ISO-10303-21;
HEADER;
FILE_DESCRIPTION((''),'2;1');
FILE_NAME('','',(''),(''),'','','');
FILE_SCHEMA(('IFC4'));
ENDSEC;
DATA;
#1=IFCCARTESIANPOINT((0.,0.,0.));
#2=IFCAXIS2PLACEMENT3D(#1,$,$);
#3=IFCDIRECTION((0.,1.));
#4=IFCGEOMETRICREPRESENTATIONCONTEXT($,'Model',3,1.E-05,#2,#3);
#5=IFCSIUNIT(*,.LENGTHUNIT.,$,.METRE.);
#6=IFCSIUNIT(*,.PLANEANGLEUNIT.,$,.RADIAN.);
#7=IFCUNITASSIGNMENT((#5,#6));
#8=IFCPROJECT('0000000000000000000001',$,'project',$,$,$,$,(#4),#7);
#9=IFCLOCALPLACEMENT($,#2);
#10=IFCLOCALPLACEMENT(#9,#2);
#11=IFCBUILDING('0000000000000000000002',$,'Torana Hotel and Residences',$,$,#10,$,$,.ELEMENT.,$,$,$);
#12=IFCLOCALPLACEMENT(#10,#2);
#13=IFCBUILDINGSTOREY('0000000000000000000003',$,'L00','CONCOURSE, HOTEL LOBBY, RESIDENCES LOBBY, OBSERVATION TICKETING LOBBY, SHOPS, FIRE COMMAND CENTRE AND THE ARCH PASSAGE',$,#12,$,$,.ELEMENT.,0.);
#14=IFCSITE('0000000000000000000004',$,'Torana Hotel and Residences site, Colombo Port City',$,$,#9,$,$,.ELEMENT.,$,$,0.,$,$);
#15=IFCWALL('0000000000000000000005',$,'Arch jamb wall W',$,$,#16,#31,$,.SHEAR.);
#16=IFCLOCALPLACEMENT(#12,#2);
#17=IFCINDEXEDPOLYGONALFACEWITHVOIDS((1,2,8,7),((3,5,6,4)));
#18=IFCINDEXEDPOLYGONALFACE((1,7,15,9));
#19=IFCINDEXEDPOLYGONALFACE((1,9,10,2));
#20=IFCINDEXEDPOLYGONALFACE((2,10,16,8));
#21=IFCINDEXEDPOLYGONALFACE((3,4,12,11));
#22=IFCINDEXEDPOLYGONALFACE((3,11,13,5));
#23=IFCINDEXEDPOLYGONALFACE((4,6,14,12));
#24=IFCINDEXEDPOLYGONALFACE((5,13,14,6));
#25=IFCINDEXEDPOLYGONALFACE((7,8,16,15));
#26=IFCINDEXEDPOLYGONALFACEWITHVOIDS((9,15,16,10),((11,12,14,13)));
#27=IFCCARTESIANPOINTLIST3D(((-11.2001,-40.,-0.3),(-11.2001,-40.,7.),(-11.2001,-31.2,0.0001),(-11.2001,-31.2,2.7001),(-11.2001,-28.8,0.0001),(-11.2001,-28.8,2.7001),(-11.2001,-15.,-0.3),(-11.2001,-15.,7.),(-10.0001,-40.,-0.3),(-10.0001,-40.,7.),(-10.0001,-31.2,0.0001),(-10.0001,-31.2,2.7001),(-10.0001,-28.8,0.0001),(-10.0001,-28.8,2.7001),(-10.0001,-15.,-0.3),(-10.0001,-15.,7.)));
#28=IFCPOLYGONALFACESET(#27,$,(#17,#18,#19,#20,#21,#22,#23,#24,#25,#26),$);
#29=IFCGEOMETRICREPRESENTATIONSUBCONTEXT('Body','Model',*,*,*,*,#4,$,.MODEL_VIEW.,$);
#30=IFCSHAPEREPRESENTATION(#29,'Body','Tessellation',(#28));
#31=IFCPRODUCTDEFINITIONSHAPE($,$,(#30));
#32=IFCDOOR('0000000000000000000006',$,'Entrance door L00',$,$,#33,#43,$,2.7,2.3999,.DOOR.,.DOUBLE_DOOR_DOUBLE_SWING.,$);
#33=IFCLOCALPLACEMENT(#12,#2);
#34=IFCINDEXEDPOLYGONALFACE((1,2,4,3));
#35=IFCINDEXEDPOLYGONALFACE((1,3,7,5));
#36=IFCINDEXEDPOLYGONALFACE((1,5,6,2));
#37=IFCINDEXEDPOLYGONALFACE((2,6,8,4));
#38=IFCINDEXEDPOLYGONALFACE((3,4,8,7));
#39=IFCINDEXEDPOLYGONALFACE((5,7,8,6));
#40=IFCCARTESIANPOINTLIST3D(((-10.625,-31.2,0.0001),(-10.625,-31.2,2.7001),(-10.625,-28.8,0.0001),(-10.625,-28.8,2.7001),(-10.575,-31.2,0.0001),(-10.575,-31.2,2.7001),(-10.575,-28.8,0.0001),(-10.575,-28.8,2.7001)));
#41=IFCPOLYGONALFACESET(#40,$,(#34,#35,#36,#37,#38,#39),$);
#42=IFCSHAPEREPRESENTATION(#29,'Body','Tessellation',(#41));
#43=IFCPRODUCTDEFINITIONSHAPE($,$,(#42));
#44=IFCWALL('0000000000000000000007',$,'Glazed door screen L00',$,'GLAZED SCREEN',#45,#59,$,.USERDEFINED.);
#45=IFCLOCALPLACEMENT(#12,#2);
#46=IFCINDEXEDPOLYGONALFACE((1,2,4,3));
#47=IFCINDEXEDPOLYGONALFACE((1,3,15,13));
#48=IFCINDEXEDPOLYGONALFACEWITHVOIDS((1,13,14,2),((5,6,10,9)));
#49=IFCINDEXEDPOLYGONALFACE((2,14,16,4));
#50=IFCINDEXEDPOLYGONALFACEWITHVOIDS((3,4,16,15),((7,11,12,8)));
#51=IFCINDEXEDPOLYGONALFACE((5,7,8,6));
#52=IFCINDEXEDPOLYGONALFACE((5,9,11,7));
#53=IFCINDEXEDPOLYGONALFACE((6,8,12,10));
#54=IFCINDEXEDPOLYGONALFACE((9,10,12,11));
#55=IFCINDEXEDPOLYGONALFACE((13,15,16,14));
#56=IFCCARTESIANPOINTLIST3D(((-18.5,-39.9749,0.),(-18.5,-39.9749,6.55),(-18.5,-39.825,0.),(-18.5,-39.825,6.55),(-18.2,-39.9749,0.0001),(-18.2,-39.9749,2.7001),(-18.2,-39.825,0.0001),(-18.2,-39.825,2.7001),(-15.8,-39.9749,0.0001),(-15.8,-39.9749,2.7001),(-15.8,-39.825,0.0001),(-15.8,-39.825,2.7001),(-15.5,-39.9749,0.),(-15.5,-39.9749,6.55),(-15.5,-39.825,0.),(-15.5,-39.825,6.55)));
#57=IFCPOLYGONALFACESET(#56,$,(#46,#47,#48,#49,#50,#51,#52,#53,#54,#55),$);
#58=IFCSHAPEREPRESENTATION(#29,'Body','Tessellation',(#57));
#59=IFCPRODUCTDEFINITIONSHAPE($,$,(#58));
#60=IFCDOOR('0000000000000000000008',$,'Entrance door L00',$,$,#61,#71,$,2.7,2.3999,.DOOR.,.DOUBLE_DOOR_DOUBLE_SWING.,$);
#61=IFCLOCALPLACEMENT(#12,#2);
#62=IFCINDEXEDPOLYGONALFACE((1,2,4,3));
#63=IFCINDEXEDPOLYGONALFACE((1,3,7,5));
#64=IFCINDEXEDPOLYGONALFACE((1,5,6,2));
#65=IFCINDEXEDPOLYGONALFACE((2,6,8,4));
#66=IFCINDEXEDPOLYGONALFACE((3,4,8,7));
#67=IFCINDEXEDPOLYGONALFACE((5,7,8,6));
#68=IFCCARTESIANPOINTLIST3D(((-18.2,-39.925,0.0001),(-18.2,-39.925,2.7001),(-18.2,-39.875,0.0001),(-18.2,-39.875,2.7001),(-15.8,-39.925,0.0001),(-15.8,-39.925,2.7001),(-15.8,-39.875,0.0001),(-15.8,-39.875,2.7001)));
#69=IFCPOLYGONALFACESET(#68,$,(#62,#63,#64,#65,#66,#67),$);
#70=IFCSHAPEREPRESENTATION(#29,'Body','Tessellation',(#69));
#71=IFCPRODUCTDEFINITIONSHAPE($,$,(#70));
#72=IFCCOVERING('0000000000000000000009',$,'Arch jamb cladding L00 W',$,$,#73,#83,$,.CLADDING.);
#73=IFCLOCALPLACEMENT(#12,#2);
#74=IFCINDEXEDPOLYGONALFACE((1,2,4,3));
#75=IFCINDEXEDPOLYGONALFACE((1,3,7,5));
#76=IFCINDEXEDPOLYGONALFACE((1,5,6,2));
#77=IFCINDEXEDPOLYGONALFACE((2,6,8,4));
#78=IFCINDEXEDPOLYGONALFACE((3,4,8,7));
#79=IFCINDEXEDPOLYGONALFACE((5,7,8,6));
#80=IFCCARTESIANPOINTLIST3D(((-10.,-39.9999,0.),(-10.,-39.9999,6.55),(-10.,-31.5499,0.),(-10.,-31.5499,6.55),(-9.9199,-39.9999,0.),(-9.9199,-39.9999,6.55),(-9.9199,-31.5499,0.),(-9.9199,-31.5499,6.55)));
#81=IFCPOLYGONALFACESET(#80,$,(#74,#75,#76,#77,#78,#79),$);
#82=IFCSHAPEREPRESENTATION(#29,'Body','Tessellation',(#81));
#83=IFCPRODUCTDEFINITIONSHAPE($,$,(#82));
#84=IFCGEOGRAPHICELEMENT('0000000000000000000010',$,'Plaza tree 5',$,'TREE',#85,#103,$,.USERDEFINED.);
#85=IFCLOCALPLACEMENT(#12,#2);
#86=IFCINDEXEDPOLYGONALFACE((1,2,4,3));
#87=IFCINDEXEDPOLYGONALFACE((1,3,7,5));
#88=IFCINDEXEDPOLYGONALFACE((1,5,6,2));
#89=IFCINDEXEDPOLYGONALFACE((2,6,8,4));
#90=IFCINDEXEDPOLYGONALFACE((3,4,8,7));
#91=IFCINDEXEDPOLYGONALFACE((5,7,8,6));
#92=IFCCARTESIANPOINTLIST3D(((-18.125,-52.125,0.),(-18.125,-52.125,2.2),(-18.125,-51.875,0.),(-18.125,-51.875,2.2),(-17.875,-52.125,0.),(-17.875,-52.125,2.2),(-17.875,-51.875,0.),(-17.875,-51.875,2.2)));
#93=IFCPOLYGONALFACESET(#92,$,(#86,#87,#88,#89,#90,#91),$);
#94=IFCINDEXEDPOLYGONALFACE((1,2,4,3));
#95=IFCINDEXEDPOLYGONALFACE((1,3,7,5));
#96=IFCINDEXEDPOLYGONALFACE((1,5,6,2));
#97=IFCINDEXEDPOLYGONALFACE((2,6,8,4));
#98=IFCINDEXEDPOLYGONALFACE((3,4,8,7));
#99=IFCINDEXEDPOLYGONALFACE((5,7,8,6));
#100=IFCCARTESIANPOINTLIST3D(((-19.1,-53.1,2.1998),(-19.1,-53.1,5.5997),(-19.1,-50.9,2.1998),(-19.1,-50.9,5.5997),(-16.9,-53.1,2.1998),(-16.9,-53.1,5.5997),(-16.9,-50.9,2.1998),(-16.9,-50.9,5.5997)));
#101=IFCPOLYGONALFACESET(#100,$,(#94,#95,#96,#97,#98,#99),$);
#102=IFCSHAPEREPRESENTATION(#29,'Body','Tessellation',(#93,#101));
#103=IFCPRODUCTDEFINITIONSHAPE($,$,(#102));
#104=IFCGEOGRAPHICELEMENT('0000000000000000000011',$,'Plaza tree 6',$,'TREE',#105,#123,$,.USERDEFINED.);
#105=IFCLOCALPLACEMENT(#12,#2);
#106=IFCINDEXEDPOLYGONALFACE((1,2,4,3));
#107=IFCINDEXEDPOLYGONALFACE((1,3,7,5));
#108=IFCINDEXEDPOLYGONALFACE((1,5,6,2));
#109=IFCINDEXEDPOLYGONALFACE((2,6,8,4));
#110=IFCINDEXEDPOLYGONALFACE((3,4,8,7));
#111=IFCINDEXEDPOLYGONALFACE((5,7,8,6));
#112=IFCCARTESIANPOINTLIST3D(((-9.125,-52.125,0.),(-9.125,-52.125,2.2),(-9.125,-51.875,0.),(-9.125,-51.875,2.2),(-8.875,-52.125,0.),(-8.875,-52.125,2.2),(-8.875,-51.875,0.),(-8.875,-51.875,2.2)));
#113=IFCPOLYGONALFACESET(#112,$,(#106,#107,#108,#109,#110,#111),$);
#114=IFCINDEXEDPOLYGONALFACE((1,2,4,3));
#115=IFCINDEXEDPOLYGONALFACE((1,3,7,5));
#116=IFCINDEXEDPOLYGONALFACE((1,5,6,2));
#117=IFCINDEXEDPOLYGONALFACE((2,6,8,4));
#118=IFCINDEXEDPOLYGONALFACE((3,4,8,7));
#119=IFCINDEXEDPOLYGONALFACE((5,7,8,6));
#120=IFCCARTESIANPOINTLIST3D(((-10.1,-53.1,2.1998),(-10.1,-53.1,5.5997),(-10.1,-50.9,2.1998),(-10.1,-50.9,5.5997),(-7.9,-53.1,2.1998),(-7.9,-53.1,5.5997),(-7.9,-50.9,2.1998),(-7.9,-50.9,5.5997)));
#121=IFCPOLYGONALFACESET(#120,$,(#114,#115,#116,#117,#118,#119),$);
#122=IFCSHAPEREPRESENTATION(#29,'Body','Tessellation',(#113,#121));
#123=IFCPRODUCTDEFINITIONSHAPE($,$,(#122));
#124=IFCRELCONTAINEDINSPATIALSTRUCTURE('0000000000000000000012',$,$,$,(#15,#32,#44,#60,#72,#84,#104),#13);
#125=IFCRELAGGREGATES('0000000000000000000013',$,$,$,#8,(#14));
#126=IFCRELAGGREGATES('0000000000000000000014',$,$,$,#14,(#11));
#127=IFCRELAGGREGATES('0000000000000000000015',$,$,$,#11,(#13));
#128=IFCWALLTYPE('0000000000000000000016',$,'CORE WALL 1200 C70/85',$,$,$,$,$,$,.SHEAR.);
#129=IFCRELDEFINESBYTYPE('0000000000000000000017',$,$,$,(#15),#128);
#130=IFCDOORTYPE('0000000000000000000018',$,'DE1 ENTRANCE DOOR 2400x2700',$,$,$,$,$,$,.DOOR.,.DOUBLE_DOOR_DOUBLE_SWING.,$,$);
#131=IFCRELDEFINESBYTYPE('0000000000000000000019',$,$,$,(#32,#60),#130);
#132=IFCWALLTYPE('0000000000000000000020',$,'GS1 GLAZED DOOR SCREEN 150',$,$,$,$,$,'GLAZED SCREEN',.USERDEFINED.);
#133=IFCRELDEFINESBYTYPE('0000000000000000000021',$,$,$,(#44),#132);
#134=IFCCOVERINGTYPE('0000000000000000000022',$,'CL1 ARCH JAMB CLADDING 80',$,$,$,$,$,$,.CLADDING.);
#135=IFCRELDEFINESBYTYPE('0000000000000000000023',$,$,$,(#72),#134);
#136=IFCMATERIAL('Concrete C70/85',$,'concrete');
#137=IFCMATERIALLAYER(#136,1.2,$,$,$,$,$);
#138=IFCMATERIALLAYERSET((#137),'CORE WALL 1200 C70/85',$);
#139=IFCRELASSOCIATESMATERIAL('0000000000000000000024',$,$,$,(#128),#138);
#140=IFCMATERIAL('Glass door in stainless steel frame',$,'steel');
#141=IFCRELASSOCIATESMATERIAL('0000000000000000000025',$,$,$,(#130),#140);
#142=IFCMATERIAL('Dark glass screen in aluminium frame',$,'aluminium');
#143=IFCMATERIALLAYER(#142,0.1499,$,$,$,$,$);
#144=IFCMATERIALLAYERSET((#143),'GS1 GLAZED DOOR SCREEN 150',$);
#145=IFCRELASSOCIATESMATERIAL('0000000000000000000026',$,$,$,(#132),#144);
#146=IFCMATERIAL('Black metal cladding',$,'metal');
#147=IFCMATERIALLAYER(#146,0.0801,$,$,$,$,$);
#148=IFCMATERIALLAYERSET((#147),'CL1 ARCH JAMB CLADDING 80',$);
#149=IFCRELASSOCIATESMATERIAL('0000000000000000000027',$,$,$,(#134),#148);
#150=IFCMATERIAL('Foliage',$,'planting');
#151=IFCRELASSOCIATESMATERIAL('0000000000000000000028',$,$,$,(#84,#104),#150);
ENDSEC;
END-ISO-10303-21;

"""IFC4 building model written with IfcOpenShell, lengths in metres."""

from ifc_helpers import new_model, si_unit, direction, frame, frame_2d, origin, origin_2d, place, context, subcontext, project, spatial, rectangle, extrude, material, layer, layer_set, type_object, element, fill, save


model = new_model("IFC4")

# Units and contexts
model_context = context("Model", 3, precision=1e-05, world=origin(), true_north=direction((0.0, 1.0)))
body_context = subcontext(model_context, "Body", "Model", "MODEL_VIEW")
ifc_project = project(units=[si_unit("LENGTHUNIT", "METRE"), si_unit("PLANEANGLEUNIT", "RADIAN")], contexts=[model_context])

# Site, building, storey
site_placement = place(None, origin())
site = spatial("IfcSite", under=ifc_project, at=site_placement, Name="Torana Hotel and Residences site, Colombo Port City", CompositionType="ELEMENT", RefElevation=0.0)
building_placement = place(site_placement, origin())
building = spatial("IfcBuilding", under=site, at=building_placement, Name="Torana Hotel and Residences", CompositionType="ELEMENT")
storey_placement = place(building_placement, origin())
storey = spatial("IfcBuildingStorey", under=building, at=storey_placement, Name="L00", Description="CONCOURSE, HOTEL LOBBY, RESIDENCES LOBBY, OBSERVATION TICKETING LOBBY, SHOPS, FIRE COMMAND CENTRE AND THE ARCH PASSAGE", CompositionType="ELEMENT", Elevation=0.0)

# Walls, openings, doors
ifc_material_1 = material(Name="Concrete C70/85", Category="concrete")
ifc_layer_1 = layer(ifc_material_1, 1.2)
ifc_layer_set_1 = layer_set([ifc_layer_1], Name="CORE WALL 1200 C70/85")
wall_type_1 = type_object("IfcWallType", Name="CORE WALL 1200 C70/85", PredefinedType="SHEAR", material=ifc_layer_set_1)
wall_1_placement = place(storey_placement, frame((-10.6001, -40.0, -0.3), z_axis=(0.0, 0.0, 1.0), x_axis=(0.0, 1.0, 0.0)))
wall_1 = element("IfcWall", 1, at=wall_1_placement, inside=storey, type_object=wall_type_1, Name="Arch jamb wall W", PredefinedType="SHEAR", context=body_context, shape_type="SweptSolid", body=[
    extrude(rectangle(XDim=25.0, YDim=1.2, at=frame_2d((12.5, 0.0))), origin(), (0.0, 0.0, 1.0), 7.3),
])
opening_1_placement = place(wall_1_placement, frame((8.8, 0.0, 0.3)))
opening_1 = element("IfcOpeningElement", 2, at=opening_1_placement, cuts=wall_1, PredefinedType="OPENING", context=body_context, shape_type="SweptSolid", body=[
    extrude(rectangle(XDim=2.3999, YDim=2.7, at=frame_2d((1.2, 1.3501))), frame((0.0, 0.6099, 0.0), z_axis=(0.0, -1.0, 0.0), x_axis=(1.0, 0.0, 0.0)), (0.0, 0.0, 1.0), 1.22),
])
ifc_material_2 = material(Name="Glass door in stainless steel frame", Category="steel")
door_type = type_object("IfcDoorType", Name="DE1 ENTRANCE DOOR 2400x2700", OperationType="DOUBLE_DOOR_DOUBLE_SWING", PredefinedType="DOOR", material=ifc_material_2)
door_1_placement = place(opening_1_placement, frame((1.2, 0.0, 0.0), z_axis=(0.0, 0.0, 1.0), x_axis=(-1.0, 0.0, 0.0)))
door_1 = element("IfcDoor", 3, at=door_1_placement, inside=storey, type_object=door_type, Name="Entrance door L00", OperationType="DOUBLE_DOOR_DOUBLE_SWING", OverallHeight=2.7, OverallWidth=2.3999, PredefinedType="DOOR", context=body_context, shape_type="SweptSolid", body=[
    extrude(rectangle(XDim=2.3999, YDim=2.7, at=frame_2d((0.0, 1.3501))), frame((0.0, -0.0249, 0.0), z_axis=(0.0, 1.0, 0.0), x_axis=(-1.0, 0.0, 0.0)), (0.0, 0.0, 1.0), 0.05),
])
fill(opening_1, door_1)
ifc_material_3 = material(Name="Dark glass screen in aluminium frame", Category="aluminium")
ifc_layer_2 = layer(ifc_material_3, 0.1499)
ifc_layer_set_2 = layer_set([ifc_layer_2], Name="GS1 GLAZED DOOR SCREEN 150")
wall_type_2 = type_object("IfcWallType", Name="GS1 GLAZED DOOR SCREEN 150", ElementType="GLAZED SCREEN", PredefinedType="USERDEFINED", material=ifc_layer_set_2)
wall_2_placement = place(storey_placement, frame((-18.5, -39.8999, 0.0), z_axis=(0.0, 0.0, 1.0), x_axis=(1.0, 0.0, 0.0)))
wall_2 = element("IfcWall", 4, at=wall_2_placement, inside=storey, type_object=wall_type_2, Name="Glazed door screen L00", ObjectType="GLAZED SCREEN", PredefinedType="USERDEFINED", context=body_context, shape_type="SweptSolid", body=[
    extrude(rectangle(XDim=3.0, YDim=0.1499, at=frame_2d((1.5, 0.0))), origin(), (0.0, 0.0, 1.0), 6.55),
])
opening_2_placement = place(wall_2_placement, frame((0.3, 0.0, 0.0)))
opening_2 = element("IfcOpeningElement", 5, at=opening_2_placement, cuts=wall_2, PredefinedType="OPENING", context=body_context, shape_type="SweptSolid", body=[
    extrude(rectangle(XDim=2.3999, YDim=2.7, at=frame_2d((1.2, 1.3501))), frame((0.0, 0.085, 0.0), z_axis=(0.0, -1.0, 0.0), x_axis=(1.0, 0.0, 0.0)), (0.0, 0.0, 1.0), 0.1699),
])
door_2_placement = place(opening_2_placement, frame((1.2, 0.0, 0.0), z_axis=(0.0, 0.0, 1.0), x_axis=(-1.0, 0.0, 0.0)))
door_2 = element("IfcDoor", 6, at=door_2_placement, inside=storey, type_object=door_type, Name="Entrance door L00", OperationType="DOUBLE_DOOR_DOUBLE_SWING", OverallHeight=2.7, OverallWidth=2.3999, PredefinedType="DOOR", context=body_context, shape_type="SweptSolid", body=[
    extrude(rectangle(XDim=2.3999, YDim=2.7, at=frame_2d((0.0, 1.3501))), frame((0.0, -0.0249, 0.0), z_axis=(0.0, 1.0, 0.0), x_axis=(-1.0, 0.0, 0.0)), (0.0, 0.0, 1.0), 0.05),
])
fill(opening_2, door_2)

# Covering
ifc_material_4 = material(Name="Black metal cladding", Category="metal")
ifc_layer_3 = layer(ifc_material_4, 0.0801)
ifc_layer_set_3 = layer_set([ifc_layer_3], Name="CL1 ARCH JAMB CLADDING 80")
covering_type = type_object("IfcCoveringType", Name="CL1 ARCH JAMB CLADDING 80", PredefinedType="CLADDING", material=ifc_layer_set_3)
covering_placement = place(storey_placement, frame((-9.96, -40.0, 0.0), z_axis=(0.0, 0.0, 1.0), x_axis=(0.0, 1.0, 0.0)))
element("IfcCovering", 7, at=covering_placement, inside=storey, type_object=covering_type, Name="Arch jamb cladding L00 W", PredefinedType="CLADDING", context=body_context, shape_type="SweptSolid", body=[
    extrude(rectangle(XDim=8.45, YDim=0.0801, at=frame_2d((4.2251, 0.0))), origin(), (0.0, 0.0, 1.0), 6.55),
])

# Geographic elements
ifc_material_5 = material(Name="Foliage", Category="planting")
for number, where, z_axis, x_axis, name in (
    (8, (-18.0, -52.0, 0.0), (0.0, 0.0, 1.0), (1.0, 0.0, 0.0), "Plaza tree 5"),
    (9, (-9.0, -52.0, 0.0), (0.0, 0.0, 1.0), (1.0, 0.0, 0.0), "Plaza tree 6"),
):
    element("IfcGeographicElement", number, at=place(storey_placement, frame(where, z_axis=z_axis, x_axis=x_axis)), inside=storey, material=ifc_material_5, Name=name, ObjectType="TREE", PredefinedType="USERDEFINED", context=body_context, shape_type="SweptSolid", body=[
        extrude(rectangle(XDim=0.25, YDim=0.25, at=origin_2d()), origin(), (0.0, 0.0, 1.0), 2.2),
        extrude(rectangle(XDim=2.2, YDim=2.2, at=origin_2d()), frame((0.0, 0.0, 2.1998)), (0.0, 0.0, 1.0), 3.3999),
    ])

save(model, "model.ifc")
